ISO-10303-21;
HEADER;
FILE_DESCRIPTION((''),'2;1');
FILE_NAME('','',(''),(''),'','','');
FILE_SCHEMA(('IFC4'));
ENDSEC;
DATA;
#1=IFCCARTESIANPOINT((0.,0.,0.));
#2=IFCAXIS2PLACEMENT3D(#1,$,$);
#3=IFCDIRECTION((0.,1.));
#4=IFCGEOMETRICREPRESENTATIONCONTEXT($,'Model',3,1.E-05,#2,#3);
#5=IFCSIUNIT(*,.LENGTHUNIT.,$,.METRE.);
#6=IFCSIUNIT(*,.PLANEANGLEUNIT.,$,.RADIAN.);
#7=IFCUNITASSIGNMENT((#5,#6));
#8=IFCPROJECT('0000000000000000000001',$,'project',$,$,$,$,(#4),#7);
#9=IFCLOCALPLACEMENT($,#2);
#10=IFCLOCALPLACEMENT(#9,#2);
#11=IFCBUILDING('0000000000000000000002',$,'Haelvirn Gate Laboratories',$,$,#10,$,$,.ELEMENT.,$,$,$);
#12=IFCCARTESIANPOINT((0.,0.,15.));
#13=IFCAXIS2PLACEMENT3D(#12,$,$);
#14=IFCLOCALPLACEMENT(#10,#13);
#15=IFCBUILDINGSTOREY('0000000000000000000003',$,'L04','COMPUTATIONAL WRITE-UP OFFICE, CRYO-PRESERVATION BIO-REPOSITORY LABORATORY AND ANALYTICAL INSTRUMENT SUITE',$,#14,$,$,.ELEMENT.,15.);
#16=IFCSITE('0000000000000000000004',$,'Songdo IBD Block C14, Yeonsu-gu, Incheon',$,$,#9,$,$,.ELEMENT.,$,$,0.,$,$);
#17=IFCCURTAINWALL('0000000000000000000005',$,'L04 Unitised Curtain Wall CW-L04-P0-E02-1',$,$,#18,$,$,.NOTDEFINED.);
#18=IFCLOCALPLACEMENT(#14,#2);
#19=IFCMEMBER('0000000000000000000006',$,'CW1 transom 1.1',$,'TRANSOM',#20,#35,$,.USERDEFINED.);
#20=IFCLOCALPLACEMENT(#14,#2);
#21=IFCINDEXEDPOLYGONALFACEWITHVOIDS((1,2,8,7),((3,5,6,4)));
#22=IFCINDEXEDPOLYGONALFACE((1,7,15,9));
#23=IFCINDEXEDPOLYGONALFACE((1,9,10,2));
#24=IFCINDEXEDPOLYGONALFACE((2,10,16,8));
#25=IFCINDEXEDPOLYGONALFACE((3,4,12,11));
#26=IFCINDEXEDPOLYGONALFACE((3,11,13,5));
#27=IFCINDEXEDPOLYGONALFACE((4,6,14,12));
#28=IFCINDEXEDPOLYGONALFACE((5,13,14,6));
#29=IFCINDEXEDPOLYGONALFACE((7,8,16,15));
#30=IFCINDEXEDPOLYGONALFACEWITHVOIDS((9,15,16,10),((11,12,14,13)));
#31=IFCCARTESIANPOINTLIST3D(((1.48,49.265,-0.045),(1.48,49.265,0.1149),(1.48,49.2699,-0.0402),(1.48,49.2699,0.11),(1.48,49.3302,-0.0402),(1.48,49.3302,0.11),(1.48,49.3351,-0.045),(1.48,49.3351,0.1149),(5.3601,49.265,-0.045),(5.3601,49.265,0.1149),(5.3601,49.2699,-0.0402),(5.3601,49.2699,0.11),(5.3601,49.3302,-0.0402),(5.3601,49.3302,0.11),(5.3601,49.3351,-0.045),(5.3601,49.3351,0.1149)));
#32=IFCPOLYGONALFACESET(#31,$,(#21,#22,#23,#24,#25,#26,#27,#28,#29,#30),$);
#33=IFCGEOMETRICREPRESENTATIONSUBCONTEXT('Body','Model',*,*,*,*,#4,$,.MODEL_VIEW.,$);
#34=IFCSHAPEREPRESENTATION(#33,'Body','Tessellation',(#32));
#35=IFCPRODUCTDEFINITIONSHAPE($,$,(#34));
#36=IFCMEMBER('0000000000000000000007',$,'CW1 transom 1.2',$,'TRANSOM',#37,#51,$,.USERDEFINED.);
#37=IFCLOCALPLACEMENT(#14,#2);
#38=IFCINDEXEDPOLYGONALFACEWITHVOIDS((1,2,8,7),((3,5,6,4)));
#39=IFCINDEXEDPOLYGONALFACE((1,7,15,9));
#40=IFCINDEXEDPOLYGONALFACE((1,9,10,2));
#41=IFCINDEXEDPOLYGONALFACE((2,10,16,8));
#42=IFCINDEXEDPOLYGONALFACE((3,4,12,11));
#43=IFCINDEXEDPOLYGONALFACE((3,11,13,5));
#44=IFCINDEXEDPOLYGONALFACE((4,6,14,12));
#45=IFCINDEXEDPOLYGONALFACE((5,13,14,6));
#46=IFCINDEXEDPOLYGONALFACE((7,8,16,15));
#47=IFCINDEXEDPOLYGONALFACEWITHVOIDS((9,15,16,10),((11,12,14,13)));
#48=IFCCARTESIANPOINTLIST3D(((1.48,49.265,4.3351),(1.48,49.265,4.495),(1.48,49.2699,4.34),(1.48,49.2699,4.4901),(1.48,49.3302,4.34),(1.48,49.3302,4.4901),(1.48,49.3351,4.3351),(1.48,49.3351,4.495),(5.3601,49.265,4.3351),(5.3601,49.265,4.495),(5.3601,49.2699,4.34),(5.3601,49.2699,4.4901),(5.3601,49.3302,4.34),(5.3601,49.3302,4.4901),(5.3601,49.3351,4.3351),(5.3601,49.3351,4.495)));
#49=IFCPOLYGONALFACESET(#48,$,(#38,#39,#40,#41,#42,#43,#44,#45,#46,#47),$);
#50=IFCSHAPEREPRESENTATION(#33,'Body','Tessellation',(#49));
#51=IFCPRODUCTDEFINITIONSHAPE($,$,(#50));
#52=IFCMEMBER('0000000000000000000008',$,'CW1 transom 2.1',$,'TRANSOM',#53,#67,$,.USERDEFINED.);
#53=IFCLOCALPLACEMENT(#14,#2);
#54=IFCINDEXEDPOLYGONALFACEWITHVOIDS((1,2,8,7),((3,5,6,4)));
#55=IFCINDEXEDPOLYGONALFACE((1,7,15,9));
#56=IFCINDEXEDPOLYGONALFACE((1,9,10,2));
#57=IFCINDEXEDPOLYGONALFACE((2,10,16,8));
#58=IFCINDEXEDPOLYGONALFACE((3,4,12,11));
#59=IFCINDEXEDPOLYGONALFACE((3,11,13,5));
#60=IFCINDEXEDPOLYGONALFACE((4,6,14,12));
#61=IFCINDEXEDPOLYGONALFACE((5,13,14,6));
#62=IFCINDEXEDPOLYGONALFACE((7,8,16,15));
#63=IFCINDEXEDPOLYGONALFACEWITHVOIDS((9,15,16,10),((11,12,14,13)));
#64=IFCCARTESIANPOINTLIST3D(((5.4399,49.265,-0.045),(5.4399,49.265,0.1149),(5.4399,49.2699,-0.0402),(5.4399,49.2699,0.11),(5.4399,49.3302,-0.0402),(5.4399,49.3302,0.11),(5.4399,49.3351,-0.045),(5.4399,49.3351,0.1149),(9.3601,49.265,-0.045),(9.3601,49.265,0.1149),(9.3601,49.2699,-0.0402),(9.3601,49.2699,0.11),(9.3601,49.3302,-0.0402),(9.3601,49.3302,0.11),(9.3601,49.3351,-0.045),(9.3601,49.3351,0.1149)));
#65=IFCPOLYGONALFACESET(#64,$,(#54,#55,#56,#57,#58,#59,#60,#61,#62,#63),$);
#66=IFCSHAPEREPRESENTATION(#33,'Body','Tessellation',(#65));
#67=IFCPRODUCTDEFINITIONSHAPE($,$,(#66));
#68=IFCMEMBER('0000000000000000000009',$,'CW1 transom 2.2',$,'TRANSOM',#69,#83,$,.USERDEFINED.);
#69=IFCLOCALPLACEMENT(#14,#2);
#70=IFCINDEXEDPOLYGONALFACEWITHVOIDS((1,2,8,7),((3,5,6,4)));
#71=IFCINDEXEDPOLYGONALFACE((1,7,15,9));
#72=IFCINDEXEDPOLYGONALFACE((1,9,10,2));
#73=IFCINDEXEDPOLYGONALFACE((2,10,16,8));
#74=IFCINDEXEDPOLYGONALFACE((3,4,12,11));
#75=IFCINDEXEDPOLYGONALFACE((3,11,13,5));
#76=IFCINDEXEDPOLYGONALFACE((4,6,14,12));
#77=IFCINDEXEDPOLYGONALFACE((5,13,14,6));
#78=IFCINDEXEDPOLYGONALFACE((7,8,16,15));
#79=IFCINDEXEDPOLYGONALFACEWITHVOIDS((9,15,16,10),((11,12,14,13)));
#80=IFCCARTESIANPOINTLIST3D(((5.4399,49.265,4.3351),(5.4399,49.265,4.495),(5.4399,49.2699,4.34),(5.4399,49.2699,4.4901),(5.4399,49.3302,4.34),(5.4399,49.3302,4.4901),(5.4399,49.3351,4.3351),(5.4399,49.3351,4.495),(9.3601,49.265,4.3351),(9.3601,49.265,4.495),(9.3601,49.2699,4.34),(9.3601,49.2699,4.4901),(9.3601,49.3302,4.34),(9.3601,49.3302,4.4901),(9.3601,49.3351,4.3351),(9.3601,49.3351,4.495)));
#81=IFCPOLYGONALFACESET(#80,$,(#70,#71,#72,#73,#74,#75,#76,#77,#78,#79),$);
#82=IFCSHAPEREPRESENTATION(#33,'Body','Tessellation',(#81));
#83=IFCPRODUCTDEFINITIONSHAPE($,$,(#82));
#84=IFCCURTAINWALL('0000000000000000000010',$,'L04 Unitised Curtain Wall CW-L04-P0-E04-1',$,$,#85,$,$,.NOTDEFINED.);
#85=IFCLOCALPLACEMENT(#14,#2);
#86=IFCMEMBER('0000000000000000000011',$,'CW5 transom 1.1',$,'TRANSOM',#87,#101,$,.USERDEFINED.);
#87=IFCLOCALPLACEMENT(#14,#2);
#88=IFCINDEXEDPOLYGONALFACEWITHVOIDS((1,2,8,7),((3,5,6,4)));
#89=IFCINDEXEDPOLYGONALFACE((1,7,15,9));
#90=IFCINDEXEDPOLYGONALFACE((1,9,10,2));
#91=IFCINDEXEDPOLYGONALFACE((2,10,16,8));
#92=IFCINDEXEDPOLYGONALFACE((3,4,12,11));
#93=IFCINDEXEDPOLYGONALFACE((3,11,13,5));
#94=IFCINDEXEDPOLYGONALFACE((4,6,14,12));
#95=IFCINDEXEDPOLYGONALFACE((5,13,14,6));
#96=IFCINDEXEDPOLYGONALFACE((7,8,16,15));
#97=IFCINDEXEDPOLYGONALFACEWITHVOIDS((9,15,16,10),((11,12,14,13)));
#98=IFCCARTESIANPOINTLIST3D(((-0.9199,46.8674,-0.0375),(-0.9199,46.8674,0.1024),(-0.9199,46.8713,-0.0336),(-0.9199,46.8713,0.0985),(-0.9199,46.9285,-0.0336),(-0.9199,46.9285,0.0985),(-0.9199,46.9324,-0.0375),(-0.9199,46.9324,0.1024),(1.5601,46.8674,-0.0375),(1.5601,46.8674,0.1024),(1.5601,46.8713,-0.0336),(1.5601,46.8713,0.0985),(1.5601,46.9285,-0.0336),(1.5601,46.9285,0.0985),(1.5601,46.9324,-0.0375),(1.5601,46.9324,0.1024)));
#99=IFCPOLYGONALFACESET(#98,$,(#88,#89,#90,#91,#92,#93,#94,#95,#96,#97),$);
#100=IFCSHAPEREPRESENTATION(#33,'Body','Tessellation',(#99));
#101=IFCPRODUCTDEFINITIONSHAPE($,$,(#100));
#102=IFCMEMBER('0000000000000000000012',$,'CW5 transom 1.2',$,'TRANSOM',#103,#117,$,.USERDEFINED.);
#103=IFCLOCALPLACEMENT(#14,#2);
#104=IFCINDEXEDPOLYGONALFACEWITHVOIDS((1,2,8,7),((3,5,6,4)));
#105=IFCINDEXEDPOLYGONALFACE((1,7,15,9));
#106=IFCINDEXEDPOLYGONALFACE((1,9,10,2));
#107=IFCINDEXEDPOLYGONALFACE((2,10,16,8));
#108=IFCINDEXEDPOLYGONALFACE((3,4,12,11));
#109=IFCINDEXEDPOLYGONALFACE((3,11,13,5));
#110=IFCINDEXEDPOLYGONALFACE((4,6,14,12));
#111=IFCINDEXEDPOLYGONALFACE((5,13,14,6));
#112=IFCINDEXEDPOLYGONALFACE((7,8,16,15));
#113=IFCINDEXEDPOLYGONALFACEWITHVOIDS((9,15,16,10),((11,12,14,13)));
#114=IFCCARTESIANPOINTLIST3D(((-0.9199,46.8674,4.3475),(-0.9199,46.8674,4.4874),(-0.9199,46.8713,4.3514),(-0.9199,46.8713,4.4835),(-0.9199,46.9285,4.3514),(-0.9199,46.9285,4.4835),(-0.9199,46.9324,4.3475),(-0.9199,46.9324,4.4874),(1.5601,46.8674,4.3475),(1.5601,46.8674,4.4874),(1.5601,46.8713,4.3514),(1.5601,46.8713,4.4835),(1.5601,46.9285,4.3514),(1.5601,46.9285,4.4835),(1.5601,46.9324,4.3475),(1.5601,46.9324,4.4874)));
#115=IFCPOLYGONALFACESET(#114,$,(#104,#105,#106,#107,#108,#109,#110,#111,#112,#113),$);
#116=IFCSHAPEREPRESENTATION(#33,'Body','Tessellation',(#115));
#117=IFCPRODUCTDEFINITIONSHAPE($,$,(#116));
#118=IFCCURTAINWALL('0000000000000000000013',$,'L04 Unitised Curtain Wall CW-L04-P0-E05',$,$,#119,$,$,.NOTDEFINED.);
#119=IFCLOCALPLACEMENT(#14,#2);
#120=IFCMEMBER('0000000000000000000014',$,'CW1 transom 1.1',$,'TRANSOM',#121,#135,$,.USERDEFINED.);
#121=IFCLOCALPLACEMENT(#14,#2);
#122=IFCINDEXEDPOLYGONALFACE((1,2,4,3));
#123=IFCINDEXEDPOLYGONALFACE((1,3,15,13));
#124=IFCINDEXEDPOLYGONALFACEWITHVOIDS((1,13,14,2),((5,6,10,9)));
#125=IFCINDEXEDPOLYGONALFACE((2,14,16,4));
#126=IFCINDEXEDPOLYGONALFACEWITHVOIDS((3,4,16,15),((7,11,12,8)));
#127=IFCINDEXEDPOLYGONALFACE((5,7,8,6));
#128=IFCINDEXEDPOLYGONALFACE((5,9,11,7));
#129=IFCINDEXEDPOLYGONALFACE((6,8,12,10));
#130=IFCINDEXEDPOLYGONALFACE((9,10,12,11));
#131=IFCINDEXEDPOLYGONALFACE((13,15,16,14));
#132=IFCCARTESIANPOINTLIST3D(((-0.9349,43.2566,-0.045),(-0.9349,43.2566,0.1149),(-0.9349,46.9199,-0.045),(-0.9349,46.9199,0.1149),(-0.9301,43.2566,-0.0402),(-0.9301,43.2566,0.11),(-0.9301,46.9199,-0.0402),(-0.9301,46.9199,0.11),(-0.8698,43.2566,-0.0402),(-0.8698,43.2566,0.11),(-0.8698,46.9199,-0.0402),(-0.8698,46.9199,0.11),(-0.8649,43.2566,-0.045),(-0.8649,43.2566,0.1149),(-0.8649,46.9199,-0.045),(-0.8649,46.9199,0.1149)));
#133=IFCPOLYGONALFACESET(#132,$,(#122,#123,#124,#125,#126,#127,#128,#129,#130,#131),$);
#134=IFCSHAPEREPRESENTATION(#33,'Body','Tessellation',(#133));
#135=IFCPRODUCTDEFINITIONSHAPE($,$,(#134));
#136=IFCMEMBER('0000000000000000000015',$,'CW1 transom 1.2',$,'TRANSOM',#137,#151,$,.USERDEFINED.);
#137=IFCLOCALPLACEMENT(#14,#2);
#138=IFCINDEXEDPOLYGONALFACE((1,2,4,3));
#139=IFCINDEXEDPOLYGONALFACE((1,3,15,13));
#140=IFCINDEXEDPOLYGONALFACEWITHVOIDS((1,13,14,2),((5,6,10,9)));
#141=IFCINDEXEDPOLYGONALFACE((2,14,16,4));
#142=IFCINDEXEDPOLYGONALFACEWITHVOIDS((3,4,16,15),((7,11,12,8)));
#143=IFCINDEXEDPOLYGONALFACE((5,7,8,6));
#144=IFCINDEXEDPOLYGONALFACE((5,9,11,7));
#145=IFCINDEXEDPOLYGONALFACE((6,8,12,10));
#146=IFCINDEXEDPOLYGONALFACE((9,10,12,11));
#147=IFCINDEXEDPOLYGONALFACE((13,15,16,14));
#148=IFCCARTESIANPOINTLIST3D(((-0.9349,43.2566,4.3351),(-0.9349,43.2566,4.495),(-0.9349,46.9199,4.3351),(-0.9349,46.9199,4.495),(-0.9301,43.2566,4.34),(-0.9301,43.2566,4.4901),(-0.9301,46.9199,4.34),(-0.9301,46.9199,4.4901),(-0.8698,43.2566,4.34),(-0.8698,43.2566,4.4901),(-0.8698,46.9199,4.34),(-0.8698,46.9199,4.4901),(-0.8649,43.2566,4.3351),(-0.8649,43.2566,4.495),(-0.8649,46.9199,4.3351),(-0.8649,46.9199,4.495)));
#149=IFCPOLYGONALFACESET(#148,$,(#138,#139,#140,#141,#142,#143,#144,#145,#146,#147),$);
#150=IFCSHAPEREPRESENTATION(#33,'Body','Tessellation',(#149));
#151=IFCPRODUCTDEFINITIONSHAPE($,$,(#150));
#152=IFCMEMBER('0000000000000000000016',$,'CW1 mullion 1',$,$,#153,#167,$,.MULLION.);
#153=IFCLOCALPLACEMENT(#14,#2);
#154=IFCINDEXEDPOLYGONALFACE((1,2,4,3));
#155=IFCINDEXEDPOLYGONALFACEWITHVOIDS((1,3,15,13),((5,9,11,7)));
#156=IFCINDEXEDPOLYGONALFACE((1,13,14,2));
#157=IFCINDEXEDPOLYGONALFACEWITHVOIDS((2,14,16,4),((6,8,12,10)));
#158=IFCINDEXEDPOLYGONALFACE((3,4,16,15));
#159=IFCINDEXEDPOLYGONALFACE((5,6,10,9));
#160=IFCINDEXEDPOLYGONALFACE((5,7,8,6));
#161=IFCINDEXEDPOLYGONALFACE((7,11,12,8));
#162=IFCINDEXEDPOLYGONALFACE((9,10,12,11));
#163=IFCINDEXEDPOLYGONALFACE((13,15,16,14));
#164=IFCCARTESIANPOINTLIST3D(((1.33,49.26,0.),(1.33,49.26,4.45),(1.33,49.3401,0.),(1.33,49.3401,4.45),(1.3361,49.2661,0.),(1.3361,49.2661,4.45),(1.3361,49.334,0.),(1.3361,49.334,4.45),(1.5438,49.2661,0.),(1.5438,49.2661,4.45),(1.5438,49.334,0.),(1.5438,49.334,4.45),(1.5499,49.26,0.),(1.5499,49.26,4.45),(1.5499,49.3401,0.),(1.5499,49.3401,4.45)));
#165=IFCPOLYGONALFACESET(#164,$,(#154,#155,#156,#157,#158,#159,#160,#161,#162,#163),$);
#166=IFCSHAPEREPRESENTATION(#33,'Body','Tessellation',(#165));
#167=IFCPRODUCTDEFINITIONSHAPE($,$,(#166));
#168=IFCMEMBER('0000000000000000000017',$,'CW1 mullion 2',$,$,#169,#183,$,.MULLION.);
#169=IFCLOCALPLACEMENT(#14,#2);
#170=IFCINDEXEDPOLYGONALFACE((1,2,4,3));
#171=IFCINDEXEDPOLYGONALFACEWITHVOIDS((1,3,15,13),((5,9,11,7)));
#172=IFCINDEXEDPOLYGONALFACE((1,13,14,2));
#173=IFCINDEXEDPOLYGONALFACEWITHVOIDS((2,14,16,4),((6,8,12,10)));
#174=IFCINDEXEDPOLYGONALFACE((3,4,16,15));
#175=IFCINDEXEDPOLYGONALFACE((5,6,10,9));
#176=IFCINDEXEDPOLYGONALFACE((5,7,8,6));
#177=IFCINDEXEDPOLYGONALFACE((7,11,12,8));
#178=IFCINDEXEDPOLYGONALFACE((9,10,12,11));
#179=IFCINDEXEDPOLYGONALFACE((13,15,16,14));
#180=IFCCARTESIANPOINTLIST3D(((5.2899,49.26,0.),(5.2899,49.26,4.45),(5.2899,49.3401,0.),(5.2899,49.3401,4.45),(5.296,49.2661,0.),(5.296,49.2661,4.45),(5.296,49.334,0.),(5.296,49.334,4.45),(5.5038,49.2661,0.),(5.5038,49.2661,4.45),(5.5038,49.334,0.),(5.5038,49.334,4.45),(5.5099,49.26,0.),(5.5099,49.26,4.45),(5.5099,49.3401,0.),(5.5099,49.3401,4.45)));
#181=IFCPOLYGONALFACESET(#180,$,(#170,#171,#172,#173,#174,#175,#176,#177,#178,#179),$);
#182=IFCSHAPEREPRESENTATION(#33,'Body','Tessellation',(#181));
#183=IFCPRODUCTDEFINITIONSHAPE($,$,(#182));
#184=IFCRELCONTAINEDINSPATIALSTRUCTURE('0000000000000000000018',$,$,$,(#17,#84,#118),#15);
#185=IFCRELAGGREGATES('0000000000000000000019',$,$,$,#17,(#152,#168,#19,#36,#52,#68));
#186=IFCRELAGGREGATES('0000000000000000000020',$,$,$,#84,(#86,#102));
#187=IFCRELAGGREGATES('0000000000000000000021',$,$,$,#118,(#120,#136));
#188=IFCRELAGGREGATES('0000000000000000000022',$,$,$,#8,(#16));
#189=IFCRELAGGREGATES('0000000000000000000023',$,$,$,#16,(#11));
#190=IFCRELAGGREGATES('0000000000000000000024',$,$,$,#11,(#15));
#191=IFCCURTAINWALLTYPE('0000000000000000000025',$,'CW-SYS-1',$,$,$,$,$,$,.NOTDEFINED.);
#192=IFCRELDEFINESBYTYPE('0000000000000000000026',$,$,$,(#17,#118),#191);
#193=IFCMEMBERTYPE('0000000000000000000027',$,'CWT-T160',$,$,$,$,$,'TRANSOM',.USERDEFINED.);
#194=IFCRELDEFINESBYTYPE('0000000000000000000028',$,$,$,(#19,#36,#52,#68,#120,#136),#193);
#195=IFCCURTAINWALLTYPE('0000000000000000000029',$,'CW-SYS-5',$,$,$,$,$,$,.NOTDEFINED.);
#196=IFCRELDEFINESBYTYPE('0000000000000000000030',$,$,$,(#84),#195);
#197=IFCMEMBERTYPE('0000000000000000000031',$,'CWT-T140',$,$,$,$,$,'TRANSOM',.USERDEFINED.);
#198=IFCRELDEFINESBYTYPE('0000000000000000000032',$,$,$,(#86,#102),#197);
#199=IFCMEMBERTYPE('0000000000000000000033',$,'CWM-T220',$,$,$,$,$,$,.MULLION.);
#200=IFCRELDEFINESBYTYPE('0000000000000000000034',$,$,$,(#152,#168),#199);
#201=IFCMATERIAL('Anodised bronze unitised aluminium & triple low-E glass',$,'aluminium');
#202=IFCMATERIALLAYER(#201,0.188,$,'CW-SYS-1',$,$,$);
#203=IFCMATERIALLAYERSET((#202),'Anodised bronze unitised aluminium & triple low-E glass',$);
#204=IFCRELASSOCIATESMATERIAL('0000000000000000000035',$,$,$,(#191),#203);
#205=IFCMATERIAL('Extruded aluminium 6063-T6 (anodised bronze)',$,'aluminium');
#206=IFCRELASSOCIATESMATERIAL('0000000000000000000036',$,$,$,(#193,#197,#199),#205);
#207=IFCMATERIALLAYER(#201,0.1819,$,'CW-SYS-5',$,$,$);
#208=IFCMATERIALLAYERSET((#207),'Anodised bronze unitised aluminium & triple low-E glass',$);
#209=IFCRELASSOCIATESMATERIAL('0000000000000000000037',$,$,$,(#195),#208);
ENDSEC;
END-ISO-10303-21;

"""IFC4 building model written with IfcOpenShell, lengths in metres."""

from ifc_helpers import new_model, si_unit, direction, frame, origin, origin_2d, place, context, subcontext, project, spatial, hollow_rectangle, extrude, source, transform, mapped, material, layer, layer_set, material_profile, profile_set, type_object, type_shapes, element, aggregate, save


model = new_model("IFC4")

# Units and contexts
model_context = context("Model", 3, precision=1e-05, world=origin(), true_north=direction((0.0, 1.0)))
body_context = subcontext(model_context, "Body", "Model", "MODEL_VIEW")
ifc_project = project(units=[si_unit("LENGTHUNIT", "METRE"), si_unit("PLANEANGLEUNIT", "RADIAN")], contexts=[model_context])

# Site, building, storey
site_placement = place(None, origin())
site = spatial("IfcSite", under=ifc_project, at=site_placement, Name="Songdo IBD Block C14, Yeonsu-gu, Incheon", CompositionType="ELEMENT", RefElevation=0.0)
building_placement = place(site_placement, origin())
building = spatial("IfcBuilding", under=site, at=building_placement, Name="Haelvirn Gate Laboratories", CompositionType="ELEMENT")
storey_placement = place(building_placement, frame((0.0, 0.0, 15.0)))
storey = spatial("IfcBuildingStorey", under=building, at=storey_placement, Name="L04", Description="COMPUTATIONAL WRITE-UP OFFICE, CRYO-PRESERVATION BIO-REPOSITORY LABORATORY AND ANALYTICAL INSTRUMENT SUITE", CompositionType="ELEMENT", Elevation=15.0)

# Curtain walls, members
ifc_material_1 = material(Name="Anodised bronze unitised aluminium & triple low-E glass", Category="aluminium")
ifc_layer_1 = layer(ifc_material_1, 0.188, Name="CW-SYS-1")
ifc_layer_set_1 = layer_set([ifc_layer_1], Name="Anodised bronze unitised aluminium & triple low-E glass")
curtain_wall_type_1 = type_object("IfcCurtainWallType", Name="CW-SYS-1", PredefinedType="NOTDEFINED", material=ifc_layer_set_1)
curtain_wall_1_placement = place(storey_placement, origin())
curtain_wall_1 = element("IfcCurtainWall", 1, at=curtain_wall_1_placement, inside=storey, type_object=curtain_wall_type_1, Name="L04 Unitised Curtain Wall CW-L04-P0-E02-1", PredefinedType="NOTDEFINED")
ifc_material_2 = material(Name="Extruded aluminium 6063-T6 (anodised bronze)", Category="aluminium")
ifc_material_profile_1 = material_profile(ifc_material_2, hollow_rectangle(XDim=0.0701, YDim=0.1599, WallThickness=0.0049, at=origin_2d()), Name="CWT-160x70x5")
ifc_profile_set_1 = profile_set([ifc_material_profile_1], Name="Extruded aluminium 6063-T6 (anodised bronze)")
member_type_1 = type_object("IfcMemberType", Name="CWT-T160", ElementType="TRANSOM", PredefinedType="USERDEFINED", material=ifc_profile_set_1)
shared_shape_1 = source(origin(), body_context, "Body", "SweptSolid", [
    extrude(hollow_rectangle(XDim=0.0701, YDim=0.1599, WallThickness=0.0049, at=origin_2d()), origin(), (0.0, 0.0, 1.0), 3.8801),
])
member_1_placement = place(storey_placement, frame((1.48, 49.3, 0.0349), z_axis=(1.0, 0.0, 0.0), x_axis=(0.0, 1.0, 0.0)))
member_1 = element("IfcMember", 2, at=member_1_placement, type_object=member_type_1, Name="CW1 transom 1.1", ObjectType="TRANSOM", PredefinedType="USERDEFINED", context=body_context, shape_type="MappedRepresentation", body=[
    mapped(shared_shape_1, transform((0.0, 0.0, 0.0), scale=1.0)),
])
member_2_placement = place(storey_placement, frame((1.48, 49.3, 4.415), z_axis=(1.0, 0.0, 0.0), x_axis=(0.0, 1.0, 0.0)))
member_2 = element("IfcMember", 3, at=member_2_placement, type_object=member_type_1, Name="CW1 transom 1.2", ObjectType="TRANSOM", PredefinedType="USERDEFINED", context=body_context, shape_type="MappedRepresentation", body=[
    mapped(shared_shape_1, transform((0.0, 0.0, 0.0), scale=1.0)),
])
shared_shape_2 = source(origin(), body_context, "Body", "SweptSolid", [
    extrude(hollow_rectangle(XDim=0.0701, YDim=0.1599, WallThickness=0.0049, at=origin_2d()), origin(), (0.0, 0.0, 1.0), 3.9202),
])
member_3_placement = place(storey_placement, frame((5.4399, 49.3, 0.0349), z_axis=(1.0, 0.0, 0.0), x_axis=(0.0, 1.0, 0.0)))
member_3 = element("IfcMember", 4, at=member_3_placement, type_object=member_type_1, Name="CW1 transom 2.1", ObjectType="TRANSOM", PredefinedType="USERDEFINED", context=body_context, shape_type="MappedRepresentation", body=[
    mapped(shared_shape_2, transform((0.0, 0.0, 0.0), scale=1.0)),
])
member_4_placement = place(storey_placement, frame((5.4399, 49.3, 4.415), z_axis=(1.0, 0.0, 0.0), x_axis=(0.0, 1.0, 0.0)))
member_4 = element("IfcMember", 5, at=member_4_placement, type_object=member_type_1, Name="CW1 transom 2.2", ObjectType="TRANSOM", PredefinedType="USERDEFINED", context=body_context, shape_type="MappedRepresentation", body=[
    mapped(shared_shape_2, transform((0.0, 0.0, 0.0), scale=1.0)),
])
ifc_layer_2 = layer(ifc_material_1, 0.1819, Name="CW-SYS-5")
ifc_layer_set_2 = layer_set([ifc_layer_2], Name="Anodised bronze unitised aluminium & triple low-E glass")
curtain_wall_type_2 = type_object("IfcCurtainWallType", Name="CW-SYS-5", PredefinedType="NOTDEFINED", material=ifc_layer_set_2)
curtain_wall_2_placement = place(storey_placement, origin())
curtain_wall_2 = element("IfcCurtainWall", 6, at=curtain_wall_2_placement, inside=storey, type_object=curtain_wall_type_2, Name="L04 Unitised Curtain Wall CW-L04-P0-E04-1", PredefinedType="NOTDEFINED")
ifc_material_profile_2 = material_profile(ifc_material_2, hollow_rectangle(XDim=0.0649, YDim=0.1399, WallThickness=0.0039, at=origin_2d()), Name="CWT-140x65x4")
ifc_profile_set_2 = profile_set([ifc_material_profile_2], Name="Extruded aluminium 6063-T6 (anodised bronze)")
member_type_2 = type_object("IfcMemberType", Name="CWT-T140", ElementType="TRANSOM", PredefinedType="USERDEFINED", material=ifc_profile_set_2)
shared_shape_3 = source(origin(), body_context, "Body", "SweptSolid", [
    extrude(hollow_rectangle(XDim=0.0649, YDim=0.1399, WallThickness=0.0039, at=origin_2d()), origin(), (0.0, 0.0, 1.0), 2.48),
])
type_shapes(member_type_2, [shared_shape_3])
member_5_placement = place(storey_placement, frame((-0.9199, 46.8999, 0.0325), z_axis=(1.0, 0.0, 0.0), x_axis=(0.0, 1.0, 0.0)))
member_5 = element("IfcMember", 7, at=member_5_placement, type_object=member_type_2, Name="CW5 transom 1.1", ObjectType="TRANSOM", PredefinedType="USERDEFINED", context=body_context, shape_type="MappedRepresentation", body=[
    mapped(shared_shape_3, transform((0.0, 0.0, 0.0), scale=1.0)),
])
member_6_placement = place(storey_placement, frame((-0.9199, 46.8999, 4.4175), z_axis=(1.0, 0.0, 0.0), x_axis=(0.0, 1.0, 0.0)))
member_6 = element("IfcMember", 8, at=member_6_placement, type_object=member_type_2, Name="CW5 transom 1.2", ObjectType="TRANSOM", PredefinedType="USERDEFINED", context=body_context, shape_type="MappedRepresentation", body=[
    mapped(shared_shape_3, transform((0.0, 0.0, 0.0), scale=1.0)),
])
curtain_wall_3_placement = place(storey_placement, origin())
curtain_wall_3 = element("IfcCurtainWall", 9, at=curtain_wall_3_placement, inside=storey, type_object=curtain_wall_type_1, Name="L04 Unitised Curtain Wall CW-L04-P0-E05", PredefinedType="NOTDEFINED")
shared_shape_4 = source(origin(), body_context, "Body", "SweptSolid", [
    extrude(hollow_rectangle(XDim=0.0701, YDim=0.1599, WallThickness=0.0049, at=origin_2d()), origin(), (0.0, 0.0, 1.0), 3.6633),
])
type_shapes(member_type_1, [shared_shape_1, shared_shape_2, shared_shape_4])
member_7_placement = place(storey_placement, frame((-0.8999, 46.9199, 0.0349), z_axis=(0.0, -1.0, 0.0), x_axis=(1.0, 0.0, 0.0)))
member_7 = element("IfcMember", 10, at=member_7_placement, type_object=member_type_1, Name="CW1 transom 1.1", ObjectType="TRANSOM", PredefinedType="USERDEFINED", context=body_context, shape_type="MappedRepresentation", body=[
    mapped(shared_shape_4, transform((0.0, 0.0, 0.0), scale=1.0)),
])
member_8_placement = place(storey_placement, frame((-0.8999, 46.9199, 4.415), z_axis=(0.0, -1.0, 0.0), x_axis=(1.0, 0.0, 0.0)))
member_8 = element("IfcMember", 11, at=member_8_placement, type_object=member_type_1, Name="CW1 transom 1.2", ObjectType="TRANSOM", PredefinedType="USERDEFINED", context=body_context, shape_type="MappedRepresentation", body=[
    mapped(shared_shape_4, transform((0.0, 0.0, 0.0), scale=1.0)),
])

# Members
ifc_material_profile_3 = material_profile(ifc_material_2, hollow_rectangle(XDim=0.0801, YDim=0.22, WallThickness=0.0061, at=origin_2d()), Name="CWM-220x80x6")
ifc_profile_set_3 = profile_set([ifc_material_profile_3], Name="Extruded aluminium 6063-T6 (anodised bronze)")
member_type_3 = type_object("IfcMemberType", Name="CWM-T220", PredefinedType="MULLION", material=ifc_profile_set_3)
shared_shape_5 = source(origin(), body_context, "Body", "SweptSolid", [
    extrude(hollow_rectangle(XDim=0.0801, YDim=0.22, WallThickness=0.0061, at=origin_2d()), origin(), (0.0, 0.0, 1.0), 4.45),
])
type_shapes(member_type_3, [shared_shape_5])
member_9_placement = place(storey_placement, frame((1.4399, 49.3, 0.0), z_axis=(0.0, 0.0, 1.0), x_axis=(0.0, 1.0, 0.0)))
member_9 = element("IfcMember", 12, at=member_9_placement, type_object=member_type_3, Name="CW1 mullion 1", PredefinedType="MULLION", context=body_context, shape_type="MappedRepresentation", body=[
    mapped(shared_shape_5, transform((0.0, 0.0, 0.0), scale=1.0)),
])
member_10_placement = place(storey_placement, frame((5.3999, 49.3, 0.0), z_axis=(0.0, 0.0, 1.0), x_axis=(0.0, 1.0, 0.0)))
member_10 = element("IfcMember", 13, at=member_10_placement, type_object=member_type_3, Name="CW1 mullion 2", PredefinedType="MULLION", context=body_context, shape_type="MappedRepresentation", body=[
    mapped(shared_shape_5, transform((0.0, 0.0, 0.0), scale=1.0)),
])

aggregate(curtain_wall_1, [member_9, member_10, member_1, member_2, member_3, member_4])
aggregate(curtain_wall_2, [member_5, member_6])
aggregate(curtain_wall_3, [member_7, member_8])

save(model, "model.ifc")
